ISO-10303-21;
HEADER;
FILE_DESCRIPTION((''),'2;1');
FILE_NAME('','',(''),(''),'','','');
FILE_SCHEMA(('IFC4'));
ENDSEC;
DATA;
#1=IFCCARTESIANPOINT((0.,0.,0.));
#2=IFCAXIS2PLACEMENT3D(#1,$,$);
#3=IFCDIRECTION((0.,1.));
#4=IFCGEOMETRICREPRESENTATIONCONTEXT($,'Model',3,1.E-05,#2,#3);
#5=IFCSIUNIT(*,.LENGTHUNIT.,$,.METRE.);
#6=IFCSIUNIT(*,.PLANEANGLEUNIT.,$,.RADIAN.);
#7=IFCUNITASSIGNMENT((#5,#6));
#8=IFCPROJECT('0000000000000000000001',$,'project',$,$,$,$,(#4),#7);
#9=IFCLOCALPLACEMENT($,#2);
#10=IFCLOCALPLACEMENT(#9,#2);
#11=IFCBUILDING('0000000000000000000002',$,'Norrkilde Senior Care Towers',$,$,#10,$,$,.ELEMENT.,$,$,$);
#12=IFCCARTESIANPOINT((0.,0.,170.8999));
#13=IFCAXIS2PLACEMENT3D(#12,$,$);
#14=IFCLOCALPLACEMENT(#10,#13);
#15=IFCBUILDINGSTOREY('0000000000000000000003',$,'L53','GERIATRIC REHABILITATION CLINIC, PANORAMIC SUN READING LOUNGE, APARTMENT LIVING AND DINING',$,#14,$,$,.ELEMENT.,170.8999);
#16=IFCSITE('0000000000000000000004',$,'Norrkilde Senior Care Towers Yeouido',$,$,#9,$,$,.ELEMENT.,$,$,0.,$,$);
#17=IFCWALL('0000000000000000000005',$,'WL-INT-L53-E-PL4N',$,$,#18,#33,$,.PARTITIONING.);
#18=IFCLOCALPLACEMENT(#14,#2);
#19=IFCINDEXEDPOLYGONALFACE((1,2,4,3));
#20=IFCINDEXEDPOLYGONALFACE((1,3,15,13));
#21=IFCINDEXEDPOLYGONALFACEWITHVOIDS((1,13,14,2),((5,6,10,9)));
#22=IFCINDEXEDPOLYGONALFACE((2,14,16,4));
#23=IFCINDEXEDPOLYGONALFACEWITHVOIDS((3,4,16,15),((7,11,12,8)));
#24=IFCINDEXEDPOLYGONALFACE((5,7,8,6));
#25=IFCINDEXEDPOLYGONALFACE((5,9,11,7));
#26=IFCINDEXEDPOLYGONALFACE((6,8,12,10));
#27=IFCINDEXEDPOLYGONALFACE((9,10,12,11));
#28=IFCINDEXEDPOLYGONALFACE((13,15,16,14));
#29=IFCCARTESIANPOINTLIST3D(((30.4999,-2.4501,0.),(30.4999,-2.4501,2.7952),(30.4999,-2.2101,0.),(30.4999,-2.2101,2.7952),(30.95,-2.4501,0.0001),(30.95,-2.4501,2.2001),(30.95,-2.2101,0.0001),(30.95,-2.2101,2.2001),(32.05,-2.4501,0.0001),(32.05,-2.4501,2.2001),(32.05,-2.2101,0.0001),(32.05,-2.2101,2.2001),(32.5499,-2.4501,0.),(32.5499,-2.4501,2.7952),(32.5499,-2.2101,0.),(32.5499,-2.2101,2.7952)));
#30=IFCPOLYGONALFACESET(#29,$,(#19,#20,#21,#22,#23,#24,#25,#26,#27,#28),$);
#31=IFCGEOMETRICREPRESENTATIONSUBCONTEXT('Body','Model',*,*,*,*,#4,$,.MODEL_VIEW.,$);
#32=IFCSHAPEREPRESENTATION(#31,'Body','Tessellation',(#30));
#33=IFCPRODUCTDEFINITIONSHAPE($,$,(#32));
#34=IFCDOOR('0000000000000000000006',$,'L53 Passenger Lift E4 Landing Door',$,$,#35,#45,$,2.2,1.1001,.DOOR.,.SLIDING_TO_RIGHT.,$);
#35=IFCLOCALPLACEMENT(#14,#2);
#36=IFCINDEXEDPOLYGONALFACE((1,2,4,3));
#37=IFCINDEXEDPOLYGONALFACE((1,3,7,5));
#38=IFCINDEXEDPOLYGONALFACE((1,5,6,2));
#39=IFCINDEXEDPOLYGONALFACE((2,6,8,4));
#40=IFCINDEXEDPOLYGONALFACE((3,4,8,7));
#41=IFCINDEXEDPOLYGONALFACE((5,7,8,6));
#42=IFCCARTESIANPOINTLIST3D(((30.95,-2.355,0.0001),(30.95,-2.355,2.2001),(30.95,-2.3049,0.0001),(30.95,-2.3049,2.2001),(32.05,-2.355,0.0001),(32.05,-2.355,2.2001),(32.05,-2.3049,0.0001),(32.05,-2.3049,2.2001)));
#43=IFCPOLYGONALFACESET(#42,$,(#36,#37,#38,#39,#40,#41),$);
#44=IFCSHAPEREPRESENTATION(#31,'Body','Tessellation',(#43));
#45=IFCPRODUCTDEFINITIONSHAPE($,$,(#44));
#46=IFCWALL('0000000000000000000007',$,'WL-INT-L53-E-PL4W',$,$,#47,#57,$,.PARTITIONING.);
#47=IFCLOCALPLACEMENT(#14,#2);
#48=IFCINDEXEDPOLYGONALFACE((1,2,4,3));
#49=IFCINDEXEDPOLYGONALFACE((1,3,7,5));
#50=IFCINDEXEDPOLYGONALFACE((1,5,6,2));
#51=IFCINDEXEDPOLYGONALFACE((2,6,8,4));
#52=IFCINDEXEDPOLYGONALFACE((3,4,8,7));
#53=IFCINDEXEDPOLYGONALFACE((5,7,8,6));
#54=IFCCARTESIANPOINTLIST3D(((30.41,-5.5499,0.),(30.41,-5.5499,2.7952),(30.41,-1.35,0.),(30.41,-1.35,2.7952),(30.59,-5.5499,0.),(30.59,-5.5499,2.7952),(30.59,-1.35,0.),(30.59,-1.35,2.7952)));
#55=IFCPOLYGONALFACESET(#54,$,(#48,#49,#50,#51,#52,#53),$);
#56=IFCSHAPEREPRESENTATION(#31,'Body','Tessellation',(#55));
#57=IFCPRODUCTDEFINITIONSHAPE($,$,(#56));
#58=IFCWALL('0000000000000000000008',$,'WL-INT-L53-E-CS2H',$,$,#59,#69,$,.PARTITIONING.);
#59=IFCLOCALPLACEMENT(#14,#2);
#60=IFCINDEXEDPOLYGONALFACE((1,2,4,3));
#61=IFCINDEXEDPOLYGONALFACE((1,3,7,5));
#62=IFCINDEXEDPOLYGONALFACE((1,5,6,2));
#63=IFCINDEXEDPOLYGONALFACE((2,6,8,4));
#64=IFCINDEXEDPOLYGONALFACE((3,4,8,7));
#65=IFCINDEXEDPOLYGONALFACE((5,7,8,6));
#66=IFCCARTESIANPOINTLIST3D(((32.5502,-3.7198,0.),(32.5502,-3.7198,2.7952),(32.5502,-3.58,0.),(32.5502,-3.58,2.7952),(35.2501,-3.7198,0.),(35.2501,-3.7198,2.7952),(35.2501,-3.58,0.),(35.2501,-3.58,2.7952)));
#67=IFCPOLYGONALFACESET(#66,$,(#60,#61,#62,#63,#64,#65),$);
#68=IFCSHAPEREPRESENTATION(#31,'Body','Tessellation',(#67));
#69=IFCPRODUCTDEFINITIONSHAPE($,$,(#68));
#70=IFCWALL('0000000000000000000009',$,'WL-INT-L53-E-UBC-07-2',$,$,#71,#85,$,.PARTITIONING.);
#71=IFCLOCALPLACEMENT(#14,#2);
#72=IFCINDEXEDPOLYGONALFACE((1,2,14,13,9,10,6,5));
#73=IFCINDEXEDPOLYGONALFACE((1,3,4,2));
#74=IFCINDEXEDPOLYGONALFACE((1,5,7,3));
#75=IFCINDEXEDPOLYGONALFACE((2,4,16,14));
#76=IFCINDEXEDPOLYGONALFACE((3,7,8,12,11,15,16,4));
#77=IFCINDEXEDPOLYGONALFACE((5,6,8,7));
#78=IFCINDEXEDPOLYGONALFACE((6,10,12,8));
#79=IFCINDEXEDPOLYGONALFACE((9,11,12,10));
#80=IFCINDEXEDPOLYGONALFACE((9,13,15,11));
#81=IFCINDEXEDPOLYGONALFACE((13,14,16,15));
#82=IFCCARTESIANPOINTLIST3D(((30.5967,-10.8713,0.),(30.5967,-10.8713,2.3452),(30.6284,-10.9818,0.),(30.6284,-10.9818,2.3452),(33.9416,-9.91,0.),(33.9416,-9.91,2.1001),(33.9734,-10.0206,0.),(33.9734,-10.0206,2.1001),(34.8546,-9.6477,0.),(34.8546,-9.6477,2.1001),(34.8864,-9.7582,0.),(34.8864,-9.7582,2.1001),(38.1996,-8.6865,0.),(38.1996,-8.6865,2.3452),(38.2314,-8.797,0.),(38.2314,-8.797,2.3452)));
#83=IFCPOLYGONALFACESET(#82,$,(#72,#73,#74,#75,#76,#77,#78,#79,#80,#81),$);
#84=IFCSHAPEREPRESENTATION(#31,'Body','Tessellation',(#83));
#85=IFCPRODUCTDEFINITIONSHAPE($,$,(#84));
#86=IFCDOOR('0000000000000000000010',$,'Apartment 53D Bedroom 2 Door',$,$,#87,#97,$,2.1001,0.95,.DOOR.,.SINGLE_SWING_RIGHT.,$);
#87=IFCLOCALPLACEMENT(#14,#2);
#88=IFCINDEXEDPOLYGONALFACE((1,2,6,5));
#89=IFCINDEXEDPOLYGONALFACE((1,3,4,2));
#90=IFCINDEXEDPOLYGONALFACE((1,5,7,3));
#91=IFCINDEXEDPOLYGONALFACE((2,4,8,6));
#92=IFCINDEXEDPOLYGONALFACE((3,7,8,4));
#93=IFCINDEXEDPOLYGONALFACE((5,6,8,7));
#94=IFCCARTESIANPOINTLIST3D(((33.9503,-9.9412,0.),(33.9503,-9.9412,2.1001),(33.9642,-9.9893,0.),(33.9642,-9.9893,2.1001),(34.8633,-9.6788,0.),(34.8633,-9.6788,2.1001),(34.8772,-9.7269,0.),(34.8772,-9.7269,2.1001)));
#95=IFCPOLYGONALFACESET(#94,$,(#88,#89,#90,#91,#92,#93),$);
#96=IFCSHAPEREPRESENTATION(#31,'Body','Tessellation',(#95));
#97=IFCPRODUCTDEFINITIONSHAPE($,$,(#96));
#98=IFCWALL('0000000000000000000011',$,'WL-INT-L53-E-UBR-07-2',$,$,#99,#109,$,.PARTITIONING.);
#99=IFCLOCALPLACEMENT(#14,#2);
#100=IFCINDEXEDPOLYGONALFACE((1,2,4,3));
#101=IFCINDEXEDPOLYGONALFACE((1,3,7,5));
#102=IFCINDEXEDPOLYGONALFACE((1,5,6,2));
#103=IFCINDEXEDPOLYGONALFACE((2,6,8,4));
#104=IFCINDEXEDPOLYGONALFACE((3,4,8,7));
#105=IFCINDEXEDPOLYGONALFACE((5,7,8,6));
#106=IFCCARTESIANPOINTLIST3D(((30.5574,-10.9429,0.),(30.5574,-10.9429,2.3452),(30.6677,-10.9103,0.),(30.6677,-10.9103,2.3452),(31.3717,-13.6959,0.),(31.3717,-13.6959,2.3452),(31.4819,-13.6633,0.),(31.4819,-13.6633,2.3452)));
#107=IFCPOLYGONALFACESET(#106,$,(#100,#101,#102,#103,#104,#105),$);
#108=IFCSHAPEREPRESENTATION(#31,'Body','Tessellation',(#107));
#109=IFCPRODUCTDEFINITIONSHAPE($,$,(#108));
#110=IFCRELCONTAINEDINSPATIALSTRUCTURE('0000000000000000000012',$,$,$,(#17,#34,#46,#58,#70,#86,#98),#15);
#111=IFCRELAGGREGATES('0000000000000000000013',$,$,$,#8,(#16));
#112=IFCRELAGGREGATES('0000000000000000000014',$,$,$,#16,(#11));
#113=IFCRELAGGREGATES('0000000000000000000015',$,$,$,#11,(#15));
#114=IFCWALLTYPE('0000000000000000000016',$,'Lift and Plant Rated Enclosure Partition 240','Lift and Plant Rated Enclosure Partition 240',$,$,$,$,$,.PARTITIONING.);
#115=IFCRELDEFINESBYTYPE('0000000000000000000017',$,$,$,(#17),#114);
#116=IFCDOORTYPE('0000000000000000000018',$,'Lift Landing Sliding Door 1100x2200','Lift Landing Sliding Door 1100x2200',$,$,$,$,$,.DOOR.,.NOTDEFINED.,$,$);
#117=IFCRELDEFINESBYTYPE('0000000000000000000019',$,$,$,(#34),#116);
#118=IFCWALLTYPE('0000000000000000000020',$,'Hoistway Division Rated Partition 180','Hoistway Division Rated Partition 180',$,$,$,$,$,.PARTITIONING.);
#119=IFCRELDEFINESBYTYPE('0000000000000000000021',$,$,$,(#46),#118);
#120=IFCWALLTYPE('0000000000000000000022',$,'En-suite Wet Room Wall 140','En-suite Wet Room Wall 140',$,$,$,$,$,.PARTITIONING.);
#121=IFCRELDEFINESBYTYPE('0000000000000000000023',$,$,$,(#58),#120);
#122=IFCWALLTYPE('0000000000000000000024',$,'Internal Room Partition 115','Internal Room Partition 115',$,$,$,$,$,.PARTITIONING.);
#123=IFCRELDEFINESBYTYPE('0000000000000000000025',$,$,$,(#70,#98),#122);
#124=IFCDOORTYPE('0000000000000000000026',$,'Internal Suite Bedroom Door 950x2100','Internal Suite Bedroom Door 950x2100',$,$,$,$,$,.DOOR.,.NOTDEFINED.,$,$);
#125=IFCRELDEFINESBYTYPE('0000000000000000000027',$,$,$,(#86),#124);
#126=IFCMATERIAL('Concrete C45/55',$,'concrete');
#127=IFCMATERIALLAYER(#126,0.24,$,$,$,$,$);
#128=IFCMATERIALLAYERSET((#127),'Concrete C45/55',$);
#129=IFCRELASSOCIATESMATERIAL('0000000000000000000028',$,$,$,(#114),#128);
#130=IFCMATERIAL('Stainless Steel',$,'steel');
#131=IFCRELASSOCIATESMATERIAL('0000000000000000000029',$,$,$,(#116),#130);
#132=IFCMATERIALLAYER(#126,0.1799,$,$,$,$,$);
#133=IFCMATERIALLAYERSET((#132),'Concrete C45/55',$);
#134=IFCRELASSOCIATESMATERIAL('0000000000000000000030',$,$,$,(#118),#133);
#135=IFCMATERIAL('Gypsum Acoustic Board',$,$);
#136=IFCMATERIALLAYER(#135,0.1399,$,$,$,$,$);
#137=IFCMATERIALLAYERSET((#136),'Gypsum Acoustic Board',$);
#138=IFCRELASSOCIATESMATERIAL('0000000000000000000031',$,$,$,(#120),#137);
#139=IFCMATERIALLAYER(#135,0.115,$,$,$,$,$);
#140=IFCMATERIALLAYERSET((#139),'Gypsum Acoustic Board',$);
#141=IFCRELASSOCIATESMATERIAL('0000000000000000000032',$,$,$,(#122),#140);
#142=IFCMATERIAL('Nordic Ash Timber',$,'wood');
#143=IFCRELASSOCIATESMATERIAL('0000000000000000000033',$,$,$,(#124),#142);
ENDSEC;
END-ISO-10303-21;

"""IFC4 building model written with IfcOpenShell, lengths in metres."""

from ifc_helpers import new_model, si_unit, direction, frame, frame_2d, origin, place, context, subcontext, project, spatial, rectangle, extrude, source, transform, mapped, material, layer, layer_set, type_object, type_shapes, element, fill, save


model = new_model("IFC4")

# Units and contexts
model_context = context("Model", 3, precision=1e-05, world=origin(), true_north=direction((0.0, 1.0)))
body_context = subcontext(model_context, "Body", "Model", "MODEL_VIEW")
ifc_project = project(units=[si_unit("LENGTHUNIT", "METRE"), si_unit("PLANEANGLEUNIT", "RADIAN")], contexts=[model_context])

# Site, building, storey
site_placement = place(None, origin())
site = spatial("IfcSite", under=ifc_project, at=site_placement, Name="Norrkilde Senior Care Towers Yeouido", CompositionType="ELEMENT", RefElevation=0.0)
building_placement = place(site_placement, origin())
building = spatial("IfcBuilding", under=site, at=building_placement, Name="Norrkilde Senior Care Towers", CompositionType="ELEMENT")
storey_placement = place(building_placement, frame((0.0, 0.0, 170.8999)))
storey = spatial("IfcBuildingStorey", under=building, at=storey_placement, Name="L53", Description="GERIATRIC REHABILITATION CLINIC, PANORAMIC SUN READING LOUNGE, APARTMENT LIVING AND DINING", CompositionType="ELEMENT", Elevation=170.8999)

# Shared definitions
ifc_material_1 = material(Name="Concrete C45/55", Category="concrete")

# Shared definitions
ifc_layer_1 = layer(ifc_material_1, 0.24)
ifc_layer_set_1 = layer_set([ifc_layer_1], Name="Concrete C45/55")
wall_type_1 = type_object("IfcWallType", Name="Lift and Plant Rated Enclosure Partition 240", Description="Lift and Plant Rated Enclosure Partition 240", PredefinedType="PARTITIONING", material=ifc_layer_set_1)
ifc_material_2 = material(Name="Stainless Steel", Category="steel")

# Wall, opening, door
ifc_material_3 = material(Name="Gypsum Acoustic Board")
shared_shape_1 = source(origin(), body_context, "Body", "SweptSolid", [
    extrude(rectangle(XDim=2.05, YDim=0.24, at=frame_2d((1.0249, 0.0))), origin(), (0.0, 0.0, 1.0), 2.7952),
])
wall_1_placement = place(storey_placement, frame((30.5, -2.3301, 0.0), z_axis=(0.0, 0.0, 1.0), x_axis=(1.0, 0.0, 0.0)))
wall_1 = element("IfcWall", 1, at=wall_1_placement, inside=storey, type_object=wall_type_1, Name="WL-INT-L53-E-PL4N", PredefinedType="PARTITIONING", context=body_context, shape_type="MappedRepresentation", body=[
    mapped(shared_shape_1, transform((0.0, 0.0, 0.0), x_axis=(1.0, 0.0, 0.0), y_axis=(0.0, 1.0, 0.0), z_axis=(0.0, 0.0, 1.0), scale=1.0)),
])
opening_1_placement = place(wall_1_placement, frame((0.45, 0.0, 0.0)))
opening_1 = element("IfcOpeningElement", 2, at=opening_1_placement, cuts=wall_1, PredefinedType="OPENING", context=body_context, shape_type="SweptSolid", body=[
    extrude(rectangle(XDim=1.1001, YDim=2.2, at=frame_2d((0.55, 1.1001))), frame((0.0, 0.1299, 0.0), z_axis=(0.0, -1.0, 0.0), x_axis=(1.0, 0.0, 0.0)), (0.0, 0.0, 1.0), 0.26),
])
door_type_1 = type_object("IfcDoorType", Name="Lift Landing Sliding Door 1100x2200", Description="Lift Landing Sliding Door 1100x2200", OperationType="NOTDEFINED", PredefinedType="DOOR", material=ifc_material_2)
shared_shape_2 = source(origin(), body_context, "Body", "SweptSolid", [
    extrude(rectangle(XDim=1.1001, YDim=2.2, at=frame_2d((0.55, 1.1001))), frame((0.0, 0.0249, 0.0), z_axis=(0.0, -1.0, 0.0), x_axis=(1.0, 0.0, 0.0)), (0.0, 0.0, 1.0), 0.05),
])
type_shapes(door_type_1, [shared_shape_2])
door_1_placement = place(opening_1_placement, frame((1.1001, 0.0, 0.0), z_axis=(0.0, 0.0, 1.0), x_axis=(-1.0, 0.0, 0.0)))
door_1 = element("IfcDoor", 3, at=door_1_placement, inside=storey, type_object=door_type_1, Name="L53 Passenger Lift E4 Landing Door", OperationType="SLIDING_TO_RIGHT", OverallHeight=2.2, OverallWidth=1.1001, PredefinedType="DOOR", context=body_context, shape_type="MappedRepresentation", body=[
    mapped(shared_shape_2, transform((0.0, 0.0, 0.0), x_axis=(1.0, 0.0, 0.0), y_axis=(0.0, 1.0, 0.0), z_axis=(0.0, 0.0, 1.0), scale=1.0)),
])
fill(opening_1, door_1)

# Walls
ifc_layer_2 = layer(ifc_material_1, 0.1799)
ifc_layer_set_2 = layer_set([ifc_layer_2], Name="Concrete C45/55")
wall_type_2 = type_object("IfcWallType", Name="Hoistway Division Rated Partition 180", Description="Hoistway Division Rated Partition 180", PredefinedType="PARTITIONING", material=ifc_layer_set_2)
shared_shape_3 = source(origin(), body_context, "Body", "SweptSolid", [
    extrude(rectangle(XDim=4.2, YDim=0.1799, at=frame_2d((2.1001, 0.0))), origin(), (0.0, 0.0, 1.0), 2.7952),
])
type_shapes(wall_type_2, [shared_shape_3])
wall_2_placement = place(storey_placement, frame((30.5, -5.55, 0.0), z_axis=(0.0, 0.0, 1.0), x_axis=(0.0, 1.0, 0.0)))
element("IfcWall", 4, at=wall_2_placement, inside=storey, type_object=wall_type_2, Name="WL-INT-L53-E-PL4W", PredefinedType="PARTITIONING", context=body_context, shape_type="MappedRepresentation", body=[
    mapped(shared_shape_3, transform((0.0, 0.0, 0.0), x_axis=(1.0, 0.0, 0.0), y_axis=(0.0, 1.0, 0.0), z_axis=(0.0, 0.0, 1.0), scale=1.0)),
])
ifc_layer_3 = layer(ifc_material_3, 0.1399)
ifc_layer_set_3 = layer_set([ifc_layer_3], Name="Gypsum Acoustic Board")
wall_type_3 = type_object("IfcWallType", Name="En-suite Wet Room Wall 140", Description="En-suite Wet Room Wall 140", PredefinedType="PARTITIONING", material=ifc_layer_set_3)
shared_shape_4 = source(origin(), body_context, "Body", "SweptSolid", [
    extrude(rectangle(XDim=2.7, YDim=0.1399, at=frame_2d((1.3501, 0.0))), origin(), (0.0, 0.0, 1.0), 2.7952),
])
type_shapes(wall_type_3, [shared_shape_4])
wall_3_placement = place(storey_placement, frame((32.55, -3.6499, 0.0), z_axis=(0.0, 0.0, 1.0), x_axis=(1.0, 0.0, 0.0)))
element("IfcWall", 5, at=wall_3_placement, inside=storey, type_object=wall_type_3, Name="WL-INT-L53-E-CS2H", PredefinedType="PARTITIONING", context=body_context, shape_type="MappedRepresentation", body=[
    mapped(shared_shape_4, transform((0.0, 0.0, 0.0), x_axis=(1.0, 0.0, 0.0), y_axis=(0.0, 1.0, 0.0), z_axis=(0.0, 0.0, 1.0), scale=1.0)),
])

# Wall, opening, door
ifc_layer_4 = layer(ifc_material_3, 0.115)
ifc_layer_set_4 = layer_set([ifc_layer_4], Name="Gypsum Acoustic Board")
wall_type_4 = type_object("IfcWallType", Name="Internal Room Partition 115", Description="Internal Room Partition 115", PredefinedType="PARTITIONING", material=ifc_layer_set_4)
shared_shape_5 = source(origin(), body_context, "Body", "SweptSolid", [
    extrude(rectangle(XDim=7.9106, YDim=0.115, at=frame_2d((3.9553, 0.0))), origin(), (0.0, 0.0, 1.0), 2.3452),
])
wall_4_placement = place(storey_placement, frame((30.6125, -10.9265, 0.0), z_axis=(0.0, 0.0, 1.0), x_axis=(0.961105, 0.276184, 0.0)))
wall_4 = element("IfcWall", 6, at=wall_4_placement, inside=storey, type_object=wall_type_4, Name="WL-INT-L53-E-UBC-07-2", PredefinedType="PARTITIONING", context=body_context, shape_type="MappedRepresentation", body=[
    mapped(shared_shape_5, transform((0.0, 0.0, 0.0), x_axis=(1.0, 0.0, 0.0), y_axis=(0.0, 1.0, 0.0), z_axis=(0.0, 0.0, 1.0), scale=1.0)),
])
opening_2_placement = place(wall_4_placement, frame((3.4802, 0.0, 0.0)))
opening_2 = element("IfcOpeningElement", 7, at=opening_2_placement, cuts=wall_4, PredefinedType="OPENING", context=body_context, shape_type="SweptSolid", body=[
    extrude(rectangle(XDim=0.95, YDim=2.1001, at=frame_2d((0.4751, 1.05))), frame((0.0, 0.0674, 0.0), z_axis=(0.0, -1.0, 0.0), x_axis=(1.0, 0.0, 0.0)), (0.0, 0.0, 1.0), 0.135),
])
ifc_material_4 = material(Name="Nordic Ash Timber", Category="wood")
door_type_2 = type_object("IfcDoorType", Name="Internal Suite Bedroom Door 950x2100", Description="Internal Suite Bedroom Door 950x2100", OperationType="NOTDEFINED", PredefinedType="DOOR", material=ifc_material_4)
shared_shape_6 = source(origin(), body_context, "Body", "SweptSolid", [
    extrude(rectangle(XDim=0.95, YDim=2.1001, at=frame_2d((0.4751, 1.05))), frame((0.0, 0.0249, 0.0), z_axis=(0.0, -1.0, 0.0), x_axis=(1.0, 0.0, 0.0)), (0.0, 0.0, 1.0), 0.05),
])
type_shapes(door_type_2, [shared_shape_6])
door_2_placement = place(opening_2_placement, frame((0.95, 0.0, 0.0), z_axis=(0.0, 0.0, 1.0), x_axis=(-1.0, 0.0, 0.0)))
door_2 = element("IfcDoor", 8, at=door_2_placement, inside=storey, type_object=door_type_2, Name="Apartment 53D Bedroom 2 Door", OperationType="SINGLE_SWING_RIGHT", OverallHeight=2.1001, OverallWidth=0.95, PredefinedType="DOOR", context=body_context, shape_type="MappedRepresentation", body=[
    mapped(shared_shape_6, transform((0.0, 0.0, 0.0), x_axis=(1.0, 0.0, 0.0), y_axis=(0.0, 1.0, 0.0), z_axis=(0.0, 0.0, 1.0), scale=1.0)),
])
fill(opening_2, door_2)

# Wall
shared_shape_7 = source(origin(), body_context, "Body", "SweptSolid", [
    extrude(rectangle(XDim=2.8708, YDim=0.115, at=frame_2d((1.4355, 0.0))), origin(), (0.0, 0.0, 1.0), 2.3452),
])
type_shapes(wall_type_4, [shared_shape_5, shared_shape_7])
wall_5_placement = place(storey_placement, frame((30.6125, -10.9265, 0.0), z_axis=(0.0, 0.0, 1.0), x_axis=(0.283616, -0.958938, 0.0)))
element("IfcWall", 9, at=wall_5_placement, inside=storey, type_object=wall_type_4, Name="WL-INT-L53-E-UBR-07-2", PredefinedType="PARTITIONING", context=body_context, shape_type="MappedRepresentation", body=[
    mapped(shared_shape_7, transform((0.0, 0.0, 0.0), x_axis=(1.0, 0.0, 0.0), y_axis=(0.0, 1.0, 0.0), z_axis=(0.0, 0.0, 1.0), scale=1.0)),
])

save(model, "model.ifc")
